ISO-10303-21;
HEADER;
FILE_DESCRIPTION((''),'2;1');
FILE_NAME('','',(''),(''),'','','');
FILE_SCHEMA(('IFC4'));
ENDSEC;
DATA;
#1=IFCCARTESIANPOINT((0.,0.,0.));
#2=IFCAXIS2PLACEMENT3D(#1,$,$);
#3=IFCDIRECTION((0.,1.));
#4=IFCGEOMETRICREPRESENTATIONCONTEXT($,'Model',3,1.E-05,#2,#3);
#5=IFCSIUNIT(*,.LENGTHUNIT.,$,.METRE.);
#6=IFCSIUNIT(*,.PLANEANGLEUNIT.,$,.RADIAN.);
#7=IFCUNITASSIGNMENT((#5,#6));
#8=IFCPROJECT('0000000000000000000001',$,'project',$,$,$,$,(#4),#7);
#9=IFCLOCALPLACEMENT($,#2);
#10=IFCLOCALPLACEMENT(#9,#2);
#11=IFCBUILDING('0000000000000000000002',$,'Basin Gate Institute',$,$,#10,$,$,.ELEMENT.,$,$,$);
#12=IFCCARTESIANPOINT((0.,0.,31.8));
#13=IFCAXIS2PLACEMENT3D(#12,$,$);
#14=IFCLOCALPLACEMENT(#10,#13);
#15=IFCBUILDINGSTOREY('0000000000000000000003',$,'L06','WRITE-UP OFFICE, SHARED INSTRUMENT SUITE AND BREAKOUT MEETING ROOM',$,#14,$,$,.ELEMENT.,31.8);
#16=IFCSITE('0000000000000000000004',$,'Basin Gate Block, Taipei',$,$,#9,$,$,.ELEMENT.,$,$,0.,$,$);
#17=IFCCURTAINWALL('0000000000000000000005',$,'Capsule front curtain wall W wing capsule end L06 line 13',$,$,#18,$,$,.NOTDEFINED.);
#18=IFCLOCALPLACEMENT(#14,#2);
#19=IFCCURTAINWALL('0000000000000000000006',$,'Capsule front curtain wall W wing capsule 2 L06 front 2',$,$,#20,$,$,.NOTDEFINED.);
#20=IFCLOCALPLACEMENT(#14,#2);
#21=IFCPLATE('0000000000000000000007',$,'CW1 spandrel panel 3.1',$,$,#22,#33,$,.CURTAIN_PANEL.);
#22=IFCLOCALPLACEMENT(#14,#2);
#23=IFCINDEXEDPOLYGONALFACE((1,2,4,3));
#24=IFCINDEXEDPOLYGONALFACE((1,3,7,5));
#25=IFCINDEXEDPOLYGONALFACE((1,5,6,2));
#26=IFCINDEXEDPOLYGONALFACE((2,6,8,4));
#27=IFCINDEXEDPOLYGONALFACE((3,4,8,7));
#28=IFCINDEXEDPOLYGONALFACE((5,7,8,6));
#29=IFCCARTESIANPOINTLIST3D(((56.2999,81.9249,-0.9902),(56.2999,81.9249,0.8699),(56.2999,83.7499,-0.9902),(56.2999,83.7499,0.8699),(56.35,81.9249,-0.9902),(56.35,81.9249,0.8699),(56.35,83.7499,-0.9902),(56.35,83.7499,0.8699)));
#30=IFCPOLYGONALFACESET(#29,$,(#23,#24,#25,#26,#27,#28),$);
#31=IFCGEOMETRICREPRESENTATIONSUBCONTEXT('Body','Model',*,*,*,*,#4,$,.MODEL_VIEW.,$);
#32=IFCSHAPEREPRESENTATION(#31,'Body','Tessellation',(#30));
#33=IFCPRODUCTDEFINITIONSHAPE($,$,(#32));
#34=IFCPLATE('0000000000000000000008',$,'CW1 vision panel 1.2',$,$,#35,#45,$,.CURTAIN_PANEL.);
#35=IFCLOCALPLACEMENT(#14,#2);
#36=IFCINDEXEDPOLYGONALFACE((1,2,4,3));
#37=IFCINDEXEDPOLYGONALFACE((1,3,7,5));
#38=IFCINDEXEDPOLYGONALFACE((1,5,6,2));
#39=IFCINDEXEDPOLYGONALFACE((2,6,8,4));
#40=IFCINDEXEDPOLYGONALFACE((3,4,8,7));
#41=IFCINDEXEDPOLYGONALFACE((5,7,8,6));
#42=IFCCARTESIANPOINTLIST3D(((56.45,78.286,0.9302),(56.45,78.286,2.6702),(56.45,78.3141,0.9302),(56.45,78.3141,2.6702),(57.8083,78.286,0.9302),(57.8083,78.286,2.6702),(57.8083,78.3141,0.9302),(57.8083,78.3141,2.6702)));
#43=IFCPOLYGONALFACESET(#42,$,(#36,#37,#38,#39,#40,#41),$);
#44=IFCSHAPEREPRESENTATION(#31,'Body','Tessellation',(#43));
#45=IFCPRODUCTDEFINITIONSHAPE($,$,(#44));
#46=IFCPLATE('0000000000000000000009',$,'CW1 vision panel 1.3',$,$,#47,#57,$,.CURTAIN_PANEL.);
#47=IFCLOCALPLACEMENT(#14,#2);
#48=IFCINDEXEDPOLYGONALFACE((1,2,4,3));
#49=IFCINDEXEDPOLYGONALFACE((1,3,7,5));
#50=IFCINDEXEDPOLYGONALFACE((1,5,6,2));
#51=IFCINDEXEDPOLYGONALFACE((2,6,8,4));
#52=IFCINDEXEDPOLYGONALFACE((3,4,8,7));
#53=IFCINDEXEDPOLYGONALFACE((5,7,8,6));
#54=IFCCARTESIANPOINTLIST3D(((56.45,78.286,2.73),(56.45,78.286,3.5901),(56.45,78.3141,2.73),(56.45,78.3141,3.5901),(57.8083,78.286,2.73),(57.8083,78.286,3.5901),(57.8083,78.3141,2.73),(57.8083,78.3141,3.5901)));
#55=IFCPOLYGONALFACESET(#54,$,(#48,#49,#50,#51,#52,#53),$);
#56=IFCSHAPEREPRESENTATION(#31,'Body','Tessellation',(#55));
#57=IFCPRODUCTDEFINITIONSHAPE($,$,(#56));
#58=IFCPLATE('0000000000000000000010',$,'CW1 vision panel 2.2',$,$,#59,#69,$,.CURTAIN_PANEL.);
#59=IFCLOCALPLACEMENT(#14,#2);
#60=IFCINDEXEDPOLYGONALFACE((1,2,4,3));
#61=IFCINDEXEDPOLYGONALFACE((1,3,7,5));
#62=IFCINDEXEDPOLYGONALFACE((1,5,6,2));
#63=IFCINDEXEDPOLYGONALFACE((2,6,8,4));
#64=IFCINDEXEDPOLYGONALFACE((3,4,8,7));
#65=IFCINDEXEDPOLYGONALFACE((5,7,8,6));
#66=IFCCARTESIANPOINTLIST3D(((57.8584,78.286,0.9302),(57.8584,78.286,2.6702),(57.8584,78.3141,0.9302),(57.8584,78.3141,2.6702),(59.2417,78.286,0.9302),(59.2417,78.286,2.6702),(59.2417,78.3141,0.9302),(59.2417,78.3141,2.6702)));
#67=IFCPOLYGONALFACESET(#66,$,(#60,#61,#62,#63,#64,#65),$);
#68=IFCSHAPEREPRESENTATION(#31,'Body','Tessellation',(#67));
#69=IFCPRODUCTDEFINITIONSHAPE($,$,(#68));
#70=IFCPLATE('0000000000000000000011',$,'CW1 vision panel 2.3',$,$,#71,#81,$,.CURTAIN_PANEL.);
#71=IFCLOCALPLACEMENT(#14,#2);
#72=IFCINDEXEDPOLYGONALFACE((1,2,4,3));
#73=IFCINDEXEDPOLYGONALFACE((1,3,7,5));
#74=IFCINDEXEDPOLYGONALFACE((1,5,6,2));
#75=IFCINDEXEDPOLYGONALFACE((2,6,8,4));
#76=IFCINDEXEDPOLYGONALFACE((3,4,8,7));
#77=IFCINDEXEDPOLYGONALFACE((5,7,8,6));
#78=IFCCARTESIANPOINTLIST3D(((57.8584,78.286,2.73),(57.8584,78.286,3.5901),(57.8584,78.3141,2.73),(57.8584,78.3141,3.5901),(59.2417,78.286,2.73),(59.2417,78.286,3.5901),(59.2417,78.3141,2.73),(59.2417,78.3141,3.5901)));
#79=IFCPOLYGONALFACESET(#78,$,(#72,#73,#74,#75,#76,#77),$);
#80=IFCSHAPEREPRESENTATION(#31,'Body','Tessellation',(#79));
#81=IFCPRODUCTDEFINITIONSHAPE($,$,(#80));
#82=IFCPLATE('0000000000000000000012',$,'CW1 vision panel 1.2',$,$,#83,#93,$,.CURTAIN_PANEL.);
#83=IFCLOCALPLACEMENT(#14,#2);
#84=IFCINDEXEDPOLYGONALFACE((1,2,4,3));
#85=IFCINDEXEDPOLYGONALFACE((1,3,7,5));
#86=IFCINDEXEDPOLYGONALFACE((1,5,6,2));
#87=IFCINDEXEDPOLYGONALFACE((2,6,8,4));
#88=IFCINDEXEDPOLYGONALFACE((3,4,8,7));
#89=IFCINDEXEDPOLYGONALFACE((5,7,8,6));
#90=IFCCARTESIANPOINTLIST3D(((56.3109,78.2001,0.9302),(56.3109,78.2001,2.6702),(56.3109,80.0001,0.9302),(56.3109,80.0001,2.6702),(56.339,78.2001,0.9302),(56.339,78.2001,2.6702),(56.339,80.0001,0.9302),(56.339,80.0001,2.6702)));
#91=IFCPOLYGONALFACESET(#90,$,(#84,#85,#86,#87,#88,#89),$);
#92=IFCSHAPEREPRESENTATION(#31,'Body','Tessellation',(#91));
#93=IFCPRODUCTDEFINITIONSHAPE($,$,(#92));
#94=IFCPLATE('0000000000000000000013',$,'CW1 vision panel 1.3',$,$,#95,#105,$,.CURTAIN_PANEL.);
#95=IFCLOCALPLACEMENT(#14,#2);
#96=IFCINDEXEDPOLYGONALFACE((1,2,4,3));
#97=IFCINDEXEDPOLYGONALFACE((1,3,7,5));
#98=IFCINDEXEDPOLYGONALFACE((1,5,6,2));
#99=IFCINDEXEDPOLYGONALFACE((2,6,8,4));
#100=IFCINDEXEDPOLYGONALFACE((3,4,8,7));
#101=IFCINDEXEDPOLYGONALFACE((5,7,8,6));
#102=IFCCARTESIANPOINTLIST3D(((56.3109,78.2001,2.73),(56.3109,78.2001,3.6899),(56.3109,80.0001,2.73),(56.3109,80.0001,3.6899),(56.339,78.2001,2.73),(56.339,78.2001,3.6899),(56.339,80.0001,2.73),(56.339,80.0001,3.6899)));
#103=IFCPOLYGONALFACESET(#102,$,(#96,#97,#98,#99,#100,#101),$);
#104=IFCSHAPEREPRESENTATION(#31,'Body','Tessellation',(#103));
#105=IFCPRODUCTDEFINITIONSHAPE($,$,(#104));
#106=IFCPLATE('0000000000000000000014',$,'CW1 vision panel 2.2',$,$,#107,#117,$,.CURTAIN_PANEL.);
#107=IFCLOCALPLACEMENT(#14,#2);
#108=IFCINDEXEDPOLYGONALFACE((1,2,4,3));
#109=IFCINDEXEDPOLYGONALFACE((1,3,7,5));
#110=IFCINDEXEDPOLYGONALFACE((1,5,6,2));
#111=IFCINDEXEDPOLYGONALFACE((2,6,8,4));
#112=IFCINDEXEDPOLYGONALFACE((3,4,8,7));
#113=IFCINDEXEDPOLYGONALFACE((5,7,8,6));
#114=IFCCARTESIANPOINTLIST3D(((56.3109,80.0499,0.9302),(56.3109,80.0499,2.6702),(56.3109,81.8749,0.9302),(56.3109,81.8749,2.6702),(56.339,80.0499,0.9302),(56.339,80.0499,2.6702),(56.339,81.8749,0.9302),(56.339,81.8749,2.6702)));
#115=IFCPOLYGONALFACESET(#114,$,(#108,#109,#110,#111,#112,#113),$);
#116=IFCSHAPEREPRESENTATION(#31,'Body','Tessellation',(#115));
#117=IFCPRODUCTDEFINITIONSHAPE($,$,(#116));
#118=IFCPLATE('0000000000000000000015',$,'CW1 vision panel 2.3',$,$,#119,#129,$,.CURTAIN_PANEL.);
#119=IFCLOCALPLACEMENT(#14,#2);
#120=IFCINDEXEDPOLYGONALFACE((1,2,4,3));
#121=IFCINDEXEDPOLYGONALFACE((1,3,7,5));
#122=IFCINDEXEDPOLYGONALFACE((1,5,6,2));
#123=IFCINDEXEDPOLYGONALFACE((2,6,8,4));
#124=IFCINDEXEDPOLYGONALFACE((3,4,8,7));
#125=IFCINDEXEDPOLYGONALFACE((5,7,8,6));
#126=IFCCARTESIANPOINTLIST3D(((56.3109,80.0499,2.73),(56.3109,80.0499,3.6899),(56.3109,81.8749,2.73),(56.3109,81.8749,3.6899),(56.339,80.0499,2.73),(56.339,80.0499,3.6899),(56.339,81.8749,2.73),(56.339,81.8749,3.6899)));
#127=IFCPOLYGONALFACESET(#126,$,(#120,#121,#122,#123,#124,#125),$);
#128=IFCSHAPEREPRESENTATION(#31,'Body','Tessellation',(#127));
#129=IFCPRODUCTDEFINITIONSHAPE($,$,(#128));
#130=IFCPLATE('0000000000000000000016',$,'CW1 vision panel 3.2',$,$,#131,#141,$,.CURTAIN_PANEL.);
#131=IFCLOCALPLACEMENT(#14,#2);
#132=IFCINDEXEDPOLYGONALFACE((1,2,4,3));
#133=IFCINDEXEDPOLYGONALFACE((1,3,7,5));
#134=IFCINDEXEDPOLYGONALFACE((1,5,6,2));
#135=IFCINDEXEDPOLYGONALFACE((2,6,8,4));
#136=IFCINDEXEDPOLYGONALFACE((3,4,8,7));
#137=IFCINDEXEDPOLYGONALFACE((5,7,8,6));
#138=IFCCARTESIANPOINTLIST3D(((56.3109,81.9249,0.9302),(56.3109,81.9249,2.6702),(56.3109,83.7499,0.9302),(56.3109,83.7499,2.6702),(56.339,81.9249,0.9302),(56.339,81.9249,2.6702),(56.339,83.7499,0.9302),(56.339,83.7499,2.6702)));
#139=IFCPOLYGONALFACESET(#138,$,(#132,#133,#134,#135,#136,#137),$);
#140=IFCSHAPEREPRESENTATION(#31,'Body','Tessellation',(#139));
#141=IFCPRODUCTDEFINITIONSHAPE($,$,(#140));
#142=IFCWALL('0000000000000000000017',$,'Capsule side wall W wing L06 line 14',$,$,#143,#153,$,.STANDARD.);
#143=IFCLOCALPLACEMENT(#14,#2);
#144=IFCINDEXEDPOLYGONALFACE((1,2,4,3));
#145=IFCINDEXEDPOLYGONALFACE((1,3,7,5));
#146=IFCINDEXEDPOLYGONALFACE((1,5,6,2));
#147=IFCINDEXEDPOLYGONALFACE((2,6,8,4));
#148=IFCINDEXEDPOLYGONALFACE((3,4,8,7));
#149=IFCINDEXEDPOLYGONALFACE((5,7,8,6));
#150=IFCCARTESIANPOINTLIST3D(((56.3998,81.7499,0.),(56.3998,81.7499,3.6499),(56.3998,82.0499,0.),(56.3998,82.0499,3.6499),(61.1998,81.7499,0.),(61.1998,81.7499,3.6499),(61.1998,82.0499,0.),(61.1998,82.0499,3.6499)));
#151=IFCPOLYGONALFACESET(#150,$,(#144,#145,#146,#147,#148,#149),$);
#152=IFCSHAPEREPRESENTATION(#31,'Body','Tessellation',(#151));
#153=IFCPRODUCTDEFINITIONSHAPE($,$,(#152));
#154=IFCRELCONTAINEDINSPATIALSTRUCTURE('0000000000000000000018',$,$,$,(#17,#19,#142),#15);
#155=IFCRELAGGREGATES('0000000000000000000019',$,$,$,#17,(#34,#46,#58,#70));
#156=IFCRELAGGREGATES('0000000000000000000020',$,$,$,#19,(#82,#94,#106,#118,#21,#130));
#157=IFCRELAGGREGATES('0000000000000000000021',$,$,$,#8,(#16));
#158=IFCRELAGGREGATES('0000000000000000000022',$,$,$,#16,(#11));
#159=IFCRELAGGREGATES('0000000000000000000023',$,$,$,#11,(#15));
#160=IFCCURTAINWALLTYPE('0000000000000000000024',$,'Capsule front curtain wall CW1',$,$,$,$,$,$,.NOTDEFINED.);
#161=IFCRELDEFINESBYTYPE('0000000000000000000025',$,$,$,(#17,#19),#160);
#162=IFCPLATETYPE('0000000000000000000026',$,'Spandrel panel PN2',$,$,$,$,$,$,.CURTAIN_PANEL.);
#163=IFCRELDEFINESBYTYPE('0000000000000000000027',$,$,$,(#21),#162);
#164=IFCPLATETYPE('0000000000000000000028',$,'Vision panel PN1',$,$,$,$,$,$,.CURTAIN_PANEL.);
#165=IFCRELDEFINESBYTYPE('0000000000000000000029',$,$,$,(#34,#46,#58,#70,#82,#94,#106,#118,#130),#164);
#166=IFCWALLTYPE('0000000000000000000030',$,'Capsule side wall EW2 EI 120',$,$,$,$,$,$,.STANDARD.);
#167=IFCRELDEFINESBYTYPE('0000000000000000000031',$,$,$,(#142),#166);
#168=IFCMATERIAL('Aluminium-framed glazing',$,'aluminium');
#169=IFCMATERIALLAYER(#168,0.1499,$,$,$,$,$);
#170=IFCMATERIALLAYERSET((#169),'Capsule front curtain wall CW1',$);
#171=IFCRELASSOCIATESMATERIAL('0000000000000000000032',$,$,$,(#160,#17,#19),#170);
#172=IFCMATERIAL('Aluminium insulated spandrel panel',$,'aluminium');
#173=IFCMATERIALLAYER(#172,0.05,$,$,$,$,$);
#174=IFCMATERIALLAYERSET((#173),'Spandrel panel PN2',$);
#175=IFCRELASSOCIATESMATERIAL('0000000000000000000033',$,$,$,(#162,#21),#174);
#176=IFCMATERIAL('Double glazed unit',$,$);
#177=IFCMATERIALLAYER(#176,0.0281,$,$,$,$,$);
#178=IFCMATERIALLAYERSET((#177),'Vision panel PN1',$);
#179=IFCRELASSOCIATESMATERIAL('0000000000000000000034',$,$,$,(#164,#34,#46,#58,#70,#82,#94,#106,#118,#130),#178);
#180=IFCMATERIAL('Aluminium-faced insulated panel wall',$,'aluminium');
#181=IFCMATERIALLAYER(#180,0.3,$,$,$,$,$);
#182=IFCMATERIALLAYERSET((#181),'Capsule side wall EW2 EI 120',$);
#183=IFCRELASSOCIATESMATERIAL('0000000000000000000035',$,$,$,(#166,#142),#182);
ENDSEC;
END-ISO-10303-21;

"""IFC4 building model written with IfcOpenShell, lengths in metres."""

from ifc_helpers import new_model, si_unit, direction, frame, frame_2d, origin, origin_2d, place, context, subcontext, project, spatial, rectangle, extrude, material, layer, layer_set, type_object, element, aggregate, save


model = new_model("IFC4")

# Units and contexts
model_context = context("Model", 3, precision=1e-05, world=origin(), true_north=direction((0.0, 1.0)))
body_context = subcontext(model_context, "Body", "Model", "MODEL_VIEW")
ifc_project = project(units=[si_unit("LENGTHUNIT", "METRE"), si_unit("PLANEANGLEUNIT", "RADIAN")], contexts=[model_context])

# Site, building, storey
site_placement = place(None, origin())
site = spatial("IfcSite", under=ifc_project, at=site_placement, Name="Basin Gate Block, Taipei", CompositionType="ELEMENT", RefElevation=0.0)
building_placement = place(site_placement, origin())
building = spatial("IfcBuilding", under=site, at=building_placement, Name="Basin Gate Institute", CompositionType="ELEMENT")
storey_placement = place(building_placement, frame((0.0, 0.0, 31.8)))
storey = spatial("IfcBuildingStorey", under=building, at=storey_placement, Name="L06", Description="WRITE-UP OFFICE, SHARED INSTRUMENT SUITE AND BREAKOUT MEETING ROOM", CompositionType="ELEMENT", Elevation=31.8)

# Curtain walls
ifc_material_1 = material(Name="Aluminium-framed glazing", Category="aluminium")
ifc_layer_1 = layer(ifc_material_1, 0.1499)
ifc_layer_set_1 = layer_set([ifc_layer_1], Name="Capsule front curtain wall CW1")
curtain_wall_type = type_object("IfcCurtainWallType", Name="Capsule front curtain wall CW1", PredefinedType="NOTDEFINED", material=ifc_layer_set_1)
curtain_wall_1_placement = place(storey_placement, origin())
curtain_wall_1 = element("IfcCurtainWall", 1, at=curtain_wall_1_placement, inside=storey, type_object=curtain_wall_type, material=ifc_layer_set_1, Name="Capsule front curtain wall W wing capsule end L06 line 13", PredefinedType="NOTDEFINED")
curtain_wall_2_placement = place(storey_placement, origin())
curtain_wall_2 = element("IfcCurtainWall", 2, at=curtain_wall_2_placement, inside=storey, type_object=curtain_wall_type, material=ifc_layer_set_1, Name="Capsule front curtain wall W wing capsule 2 L06 front 2", PredefinedType="NOTDEFINED")

# Plates
ifc_material_2 = material(Name="Aluminium insulated spandrel panel", Category="aluminium")
ifc_layer_2 = layer(ifc_material_2, 0.05)
ifc_layer_set_2 = layer_set([ifc_layer_2], Name="Spandrel panel PN2")
plate_type_1 = type_object("IfcPlateType", Name="Spandrel panel PN2", PredefinedType="CURTAIN_PANEL", material=ifc_layer_set_2)
plate_1_placement = place(storey_placement, frame((56.325, 82.8374, -0.9902), z_axis=(0.0, 0.0, 1.0), x_axis=(0.0, 1.0, 0.0)))
plate_1 = element("IfcPlate", 3, at=plate_1_placement, type_object=plate_type_1, material=ifc_layer_set_2, Name="CW1 spandrel panel 3.1", PredefinedType="CURTAIN_PANEL", context=body_context, shape_type="SweptSolid", body=[
    extrude(rectangle(XDim=1.825, YDim=0.05, at=origin_2d()), origin(), (0.0, 0.0, 1.0), 1.8601),
])
ifc_material_3 = material(Name="Double glazed unit")
ifc_layer_3 = layer(ifc_material_3, 0.0281)
ifc_layer_set_3 = layer_set([ifc_layer_3], Name="Vision panel PN1")
plate_type_2 = type_object("IfcPlateType", Name="Vision panel PN1", PredefinedType="CURTAIN_PANEL", material=ifc_layer_set_3)
plate_2_placement = place(storey_placement, frame((57.1292, 78.3, 0.9302), z_axis=(0.0, 0.0, 1.0), x_axis=(1.0, 0.0, 0.0)))
plate_2 = element("IfcPlate", 4, at=plate_2_placement, type_object=plate_type_2, material=ifc_layer_set_3, Name="CW1 vision panel 1.2", PredefinedType="CURTAIN_PANEL", context=body_context, shape_type="SweptSolid", body=[
    extrude(rectangle(XDim=1.3584, YDim=0.0281, at=origin_2d()), origin(), (0.0, 0.0, 1.0), 1.74),
])
plate_3_placement = place(storey_placement, frame((57.1292, 78.3, 2.73), z_axis=(0.0, 0.0, 1.0), x_axis=(1.0, 0.0, 0.0)))
plate_3 = element("IfcPlate", 5, at=plate_3_placement, type_object=plate_type_2, material=ifc_layer_set_3, Name="CW1 vision panel 1.3", PredefinedType="CURTAIN_PANEL", context=body_context, shape_type="SweptSolid", body=[
    extrude(rectangle(XDim=1.3584, YDim=0.0281, at=origin_2d()), origin(), (0.0, 0.0, 1.0), 0.8601),
])
plate_4_placement = place(storey_placement, frame((58.55, 78.3, 0.9302), z_axis=(0.0, 0.0, 1.0), x_axis=(1.0, 0.0, 0.0)))
plate_4 = element("IfcPlate", 6, at=plate_4_placement, type_object=plate_type_2, material=ifc_layer_set_3, Name="CW1 vision panel 2.2", PredefinedType="CURTAIN_PANEL", context=body_context, shape_type="SweptSolid", body=[
    extrude(rectangle(XDim=1.3833, YDim=0.0281, at=origin_2d()), origin(), (0.0, 0.0, 1.0), 1.74),
])
plate_5_placement = place(storey_placement, frame((58.55, 78.3, 2.73), z_axis=(0.0, 0.0, 1.0), x_axis=(1.0, 0.0, 0.0)))
plate_5 = element("IfcPlate", 7, at=plate_5_placement, type_object=plate_type_2, material=ifc_layer_set_3, Name="CW1 vision panel 2.3", PredefinedType="CURTAIN_PANEL", context=body_context, shape_type="SweptSolid", body=[
    extrude(rectangle(XDim=1.3833, YDim=0.0281, at=origin_2d()), origin(), (0.0, 0.0, 1.0), 0.8601),
])
aggregate(curtain_wall_1, [plate_2, plate_3, plate_4, plate_5])
plate_6_placement = place(storey_placement, frame((56.325, 79.1001, 0.9302), z_axis=(0.0, 0.0, 1.0), x_axis=(0.0, 1.0, 0.0)))
plate_6 = element("IfcPlate", 8, at=plate_6_placement, type_object=plate_type_2, material=ifc_layer_set_3, Name="CW1 vision panel 1.2", PredefinedType="CURTAIN_PANEL", context=body_context, shape_type="SweptSolid", body=[
    extrude(rectangle(XDim=1.8, YDim=0.0281, at=origin_2d()), origin(), (0.0, 0.0, 1.0), 1.74),
])
plate_7_placement = place(storey_placement, frame((56.325, 79.1001, 2.73), z_axis=(0.0, 0.0, 1.0), x_axis=(0.0, 1.0, 0.0)))
plate_7 = element("IfcPlate", 9, at=plate_7_placement, type_object=plate_type_2, material=ifc_layer_set_3, Name="CW1 vision panel 1.3", PredefinedType="CURTAIN_PANEL", context=body_context, shape_type="SweptSolid", body=[
    extrude(rectangle(XDim=1.8, YDim=0.0281, at=origin_2d()), origin(), (0.0, 0.0, 1.0), 0.96),
])
plate_8_placement = place(storey_placement, frame((56.325, 80.9624, 0.9302), z_axis=(0.0, 0.0, 1.0), x_axis=(0.0, 1.0, 0.0)))
plate_8 = element("IfcPlate", 10, at=plate_8_placement, type_object=plate_type_2, material=ifc_layer_set_3, Name="CW1 vision panel 2.2", PredefinedType="CURTAIN_PANEL", context=body_context, shape_type="SweptSolid", body=[
    extrude(rectangle(XDim=1.825, YDim=0.0281, at=origin_2d()), origin(), (0.0, 0.0, 1.0), 1.74),
])
plate_9_placement = place(storey_placement, frame((56.325, 80.9624, 2.73), z_axis=(0.0, 0.0, 1.0), x_axis=(0.0, 1.0, 0.0)))
plate_9 = element("IfcPlate", 11, at=plate_9_placement, type_object=plate_type_2, material=ifc_layer_set_3, Name="CW1 vision panel 2.3", PredefinedType="CURTAIN_PANEL", context=body_context, shape_type="SweptSolid", body=[
    extrude(rectangle(XDim=1.825, YDim=0.0281, at=origin_2d()), origin(), (0.0, 0.0, 1.0), 0.96),
])
plate_10_placement = place(storey_placement, frame((56.325, 82.8374, 0.9302), z_axis=(0.0, 0.0, 1.0), x_axis=(0.0, 1.0, 0.0)))
plate_10 = element("IfcPlate", 12, at=plate_10_placement, type_object=plate_type_2, material=ifc_layer_set_3, Name="CW1 vision panel 3.2", PredefinedType="CURTAIN_PANEL", context=body_context, shape_type="SweptSolid", body=[
    extrude(rectangle(XDim=1.825, YDim=0.0281, at=origin_2d()), origin(), (0.0, 0.0, 1.0), 1.74),
])
aggregate(curtain_wall_2, [plate_6, plate_7, plate_8, plate_9, plate_1, plate_10])

# Wall
ifc_material_4 = material(Name="Aluminium-faced insulated panel wall", Category="aluminium")
ifc_layer_4 = layer(ifc_material_4, 0.3)
ifc_layer_set_4 = layer_set([ifc_layer_4], Name="Capsule side wall EW2 EI 120")
wall_type = type_object("IfcWallType", Name="Capsule side wall EW2 EI 120", PredefinedType="STANDARD", material=ifc_layer_set_4)
wall_placement = place(storey_placement, frame((56.3999, 81.8999, 0.0), z_axis=(0.0, 0.0, 1.0), x_axis=(1.0, 0.0, 0.0)))
element("IfcWall", 13, at=wall_placement, inside=storey, type_object=wall_type, material=ifc_layer_set_4, Name="Capsule side wall W wing L06 line 14", PredefinedType="STANDARD", context=body_context, shape_type="SweptSolid", body=[
    extrude(rectangle(XDim=4.8, YDim=0.3, at=frame_2d((2.3999, 0.0))), origin(), (0.0, 0.0, 1.0), 3.6499),
])

save(model, "model.ifc")
